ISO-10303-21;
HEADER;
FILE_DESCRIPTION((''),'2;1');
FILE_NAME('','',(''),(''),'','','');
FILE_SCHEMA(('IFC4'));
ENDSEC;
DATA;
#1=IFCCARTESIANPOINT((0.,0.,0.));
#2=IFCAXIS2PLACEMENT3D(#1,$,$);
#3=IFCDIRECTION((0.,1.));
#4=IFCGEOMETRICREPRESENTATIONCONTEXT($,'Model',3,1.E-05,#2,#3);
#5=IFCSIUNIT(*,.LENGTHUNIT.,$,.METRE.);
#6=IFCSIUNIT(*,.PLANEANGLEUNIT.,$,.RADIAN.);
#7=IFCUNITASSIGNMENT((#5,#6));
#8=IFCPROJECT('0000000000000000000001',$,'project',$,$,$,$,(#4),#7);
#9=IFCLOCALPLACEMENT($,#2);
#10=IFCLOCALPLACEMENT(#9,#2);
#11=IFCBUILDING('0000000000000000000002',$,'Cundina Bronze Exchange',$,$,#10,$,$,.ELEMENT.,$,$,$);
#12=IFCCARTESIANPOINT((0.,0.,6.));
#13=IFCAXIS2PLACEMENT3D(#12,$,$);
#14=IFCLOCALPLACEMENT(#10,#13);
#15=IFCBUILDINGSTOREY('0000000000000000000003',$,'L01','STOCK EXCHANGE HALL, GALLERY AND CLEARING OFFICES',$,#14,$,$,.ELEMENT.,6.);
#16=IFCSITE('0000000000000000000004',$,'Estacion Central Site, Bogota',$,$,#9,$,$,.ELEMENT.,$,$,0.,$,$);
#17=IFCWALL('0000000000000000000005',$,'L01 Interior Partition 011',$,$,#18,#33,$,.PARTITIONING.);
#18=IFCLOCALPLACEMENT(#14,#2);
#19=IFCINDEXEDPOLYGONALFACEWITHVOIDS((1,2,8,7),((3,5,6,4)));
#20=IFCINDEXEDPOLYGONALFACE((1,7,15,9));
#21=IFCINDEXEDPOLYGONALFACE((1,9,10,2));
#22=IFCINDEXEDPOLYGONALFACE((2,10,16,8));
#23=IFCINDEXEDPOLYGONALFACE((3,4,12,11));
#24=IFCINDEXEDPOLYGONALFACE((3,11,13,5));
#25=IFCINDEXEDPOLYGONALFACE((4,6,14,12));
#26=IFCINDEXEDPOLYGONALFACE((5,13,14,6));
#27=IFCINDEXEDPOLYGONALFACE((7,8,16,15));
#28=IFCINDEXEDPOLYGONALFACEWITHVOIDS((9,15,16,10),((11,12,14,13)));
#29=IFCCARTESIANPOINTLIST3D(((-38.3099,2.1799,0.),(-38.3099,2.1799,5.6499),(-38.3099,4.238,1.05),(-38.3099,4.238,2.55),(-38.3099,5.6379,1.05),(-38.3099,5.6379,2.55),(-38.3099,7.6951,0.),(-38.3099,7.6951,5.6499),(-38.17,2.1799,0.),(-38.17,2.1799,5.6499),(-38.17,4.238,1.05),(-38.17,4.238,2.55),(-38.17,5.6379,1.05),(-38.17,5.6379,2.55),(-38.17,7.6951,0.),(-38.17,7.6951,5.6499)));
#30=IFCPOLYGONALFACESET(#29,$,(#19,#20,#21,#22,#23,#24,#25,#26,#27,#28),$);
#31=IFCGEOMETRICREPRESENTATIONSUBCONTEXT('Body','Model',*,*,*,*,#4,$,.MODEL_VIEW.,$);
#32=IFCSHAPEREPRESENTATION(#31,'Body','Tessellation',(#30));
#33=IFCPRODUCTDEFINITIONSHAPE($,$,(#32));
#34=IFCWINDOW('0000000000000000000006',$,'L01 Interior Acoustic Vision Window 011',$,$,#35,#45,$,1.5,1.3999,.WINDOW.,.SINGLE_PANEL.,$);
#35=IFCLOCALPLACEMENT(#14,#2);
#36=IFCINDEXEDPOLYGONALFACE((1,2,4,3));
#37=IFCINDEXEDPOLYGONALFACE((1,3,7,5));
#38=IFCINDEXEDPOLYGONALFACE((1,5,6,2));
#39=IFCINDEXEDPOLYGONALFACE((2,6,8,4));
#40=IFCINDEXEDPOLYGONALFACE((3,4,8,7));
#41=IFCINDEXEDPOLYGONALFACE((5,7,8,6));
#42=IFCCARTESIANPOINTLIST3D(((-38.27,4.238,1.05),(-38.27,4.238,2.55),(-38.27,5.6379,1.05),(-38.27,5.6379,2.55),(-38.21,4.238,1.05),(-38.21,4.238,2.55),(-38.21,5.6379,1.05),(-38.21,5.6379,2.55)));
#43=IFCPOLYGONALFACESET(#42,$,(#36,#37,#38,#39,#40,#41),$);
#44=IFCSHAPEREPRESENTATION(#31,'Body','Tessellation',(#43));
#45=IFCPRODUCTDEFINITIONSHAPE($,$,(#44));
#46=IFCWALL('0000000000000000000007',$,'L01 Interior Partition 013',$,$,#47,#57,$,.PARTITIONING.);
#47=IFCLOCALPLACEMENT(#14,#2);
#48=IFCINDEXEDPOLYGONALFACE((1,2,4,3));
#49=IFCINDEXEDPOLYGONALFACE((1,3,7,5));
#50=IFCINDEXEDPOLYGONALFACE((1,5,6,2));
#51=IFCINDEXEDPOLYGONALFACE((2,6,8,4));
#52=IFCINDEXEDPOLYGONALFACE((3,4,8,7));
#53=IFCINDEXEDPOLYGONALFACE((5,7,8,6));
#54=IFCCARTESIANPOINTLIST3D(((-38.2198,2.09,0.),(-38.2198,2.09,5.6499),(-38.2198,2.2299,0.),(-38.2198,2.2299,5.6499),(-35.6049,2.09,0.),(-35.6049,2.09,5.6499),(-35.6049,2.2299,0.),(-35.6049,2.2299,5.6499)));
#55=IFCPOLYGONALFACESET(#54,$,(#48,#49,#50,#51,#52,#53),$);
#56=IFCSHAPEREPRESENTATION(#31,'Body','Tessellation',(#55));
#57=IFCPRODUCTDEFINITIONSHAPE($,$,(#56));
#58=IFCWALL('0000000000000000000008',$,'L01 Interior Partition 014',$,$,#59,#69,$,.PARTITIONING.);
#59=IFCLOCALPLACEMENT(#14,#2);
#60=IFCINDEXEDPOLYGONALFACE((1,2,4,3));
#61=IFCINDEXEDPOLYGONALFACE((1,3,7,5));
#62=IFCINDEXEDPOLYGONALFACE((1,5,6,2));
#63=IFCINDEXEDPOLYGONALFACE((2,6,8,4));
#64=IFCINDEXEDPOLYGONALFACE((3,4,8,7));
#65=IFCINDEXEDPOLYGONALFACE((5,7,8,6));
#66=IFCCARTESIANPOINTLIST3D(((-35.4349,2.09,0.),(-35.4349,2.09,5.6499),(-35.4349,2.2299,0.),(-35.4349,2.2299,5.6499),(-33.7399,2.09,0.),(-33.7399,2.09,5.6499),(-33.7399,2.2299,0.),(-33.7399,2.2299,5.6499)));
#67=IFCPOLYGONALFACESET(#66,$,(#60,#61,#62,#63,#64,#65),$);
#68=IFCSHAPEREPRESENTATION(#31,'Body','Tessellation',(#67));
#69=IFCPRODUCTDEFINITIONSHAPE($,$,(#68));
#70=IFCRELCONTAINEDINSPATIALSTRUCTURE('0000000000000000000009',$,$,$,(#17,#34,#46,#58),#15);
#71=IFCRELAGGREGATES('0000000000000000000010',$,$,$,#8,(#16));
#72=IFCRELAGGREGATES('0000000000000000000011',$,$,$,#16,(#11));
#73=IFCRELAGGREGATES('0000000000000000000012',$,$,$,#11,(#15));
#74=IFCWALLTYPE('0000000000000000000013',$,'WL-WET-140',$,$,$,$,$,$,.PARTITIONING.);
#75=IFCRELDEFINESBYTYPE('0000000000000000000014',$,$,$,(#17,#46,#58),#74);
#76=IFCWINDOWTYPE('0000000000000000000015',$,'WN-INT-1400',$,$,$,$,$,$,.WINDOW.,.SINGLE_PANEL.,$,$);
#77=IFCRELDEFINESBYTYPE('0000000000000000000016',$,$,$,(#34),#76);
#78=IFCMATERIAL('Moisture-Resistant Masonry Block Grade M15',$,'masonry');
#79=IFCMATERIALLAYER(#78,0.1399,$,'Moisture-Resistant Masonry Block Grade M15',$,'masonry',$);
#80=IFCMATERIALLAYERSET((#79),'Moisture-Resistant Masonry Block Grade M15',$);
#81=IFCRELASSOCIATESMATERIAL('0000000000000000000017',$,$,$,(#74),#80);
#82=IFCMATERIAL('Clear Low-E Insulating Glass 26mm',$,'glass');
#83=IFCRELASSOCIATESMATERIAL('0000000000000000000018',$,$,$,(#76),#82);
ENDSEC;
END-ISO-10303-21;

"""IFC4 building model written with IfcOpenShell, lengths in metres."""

from ifc_helpers import new_model, si_unit, direction, frame, frame_2d, origin, place, context, subcontext, project, spatial, rectangle, extrude, material, layer, layer_set, type_object, element, fill, save


model = new_model("IFC4")

# Units and contexts
model_context = context("Model", 3, precision=1e-05, world=origin(), true_north=direction((0.0, 1.0)))
body_context = subcontext(model_context, "Body", "Model", "MODEL_VIEW")
ifc_project = project(units=[si_unit("LENGTHUNIT", "METRE"), si_unit("PLANEANGLEUNIT", "RADIAN")], contexts=[model_context])

# Site, building, storey
site_placement = place(None, origin())
site = spatial("IfcSite", under=ifc_project, at=site_placement, Name="Estacion Central Site, Bogota", CompositionType="ELEMENT", RefElevation=0.0)
building_placement = place(site_placement, origin())
building = spatial("IfcBuilding", under=site, at=building_placement, Name="Cundina Bronze Exchange", CompositionType="ELEMENT")
storey_placement = place(building_placement, frame((0.0, 0.0, 6.0)))
storey = spatial("IfcBuildingStorey", under=building, at=storey_placement, Name="L01", Description="STOCK EXCHANGE HALL, GALLERY AND CLEARING OFFICES", CompositionType="ELEMENT", Elevation=6.0)

# Wall, opening, window
ifc_material_1 = material(Name="Moisture-Resistant Masonry Block Grade M15", Category="masonry")
ifc_layer_1 = layer(ifc_material_1, 0.1399, Name="Moisture-Resistant Masonry Block Grade M15", Category="masonry")
ifc_layer_set_1 = layer_set([ifc_layer_1], Name="Moisture-Resistant Masonry Block Grade M15")
wall_type_1 = type_object("IfcWallType", Name="WL-WET-140", PredefinedType="PARTITIONING", material=ifc_layer_set_1)
wall_1_placement = place(storey_placement, frame((-38.24, 2.1799, 0.0), z_axis=(0.0, 0.0, 1.0), x_axis=(0.0, 1.0, 0.0)))
wall_1 = element("IfcWall", 1, at=wall_1_placement, inside=storey, type_object=wall_type_1, Name="L01 Interior Partition 011", PredefinedType="PARTITIONING", context=body_context, shape_type="SweptSolid", body=[
    extrude(rectangle(XDim=5.5151, YDim=0.1399, at=frame_2d((2.7576, 0.0))), origin(), (0.0, 0.0, 1.0), 5.6499),
])
opening_1_placement = place(wall_1_placement, frame((2.0581, 0.0, 1.05)))
opening_1 = element("IfcOpeningElement", 2, at=opening_1_placement, cuts=wall_1, PredefinedType="OPENING", context=body_context, shape_type="SweptSolid", body=[
    extrude(rectangle(XDim=1.3999, YDim=1.5, at=frame_2d((0.7, 0.75))), frame((0.0, 0.0798, 0.0), z_axis=(0.0, -1.0, 0.0), x_axis=(1.0, 0.0, 0.0)), (0.0, 0.0, 1.0), 0.1599),
])
ifc_material_2 = material(Name="Clear Low-E Insulating Glass 26mm", Category="glass")
window_type = type_object("IfcWindowType", Name="WN-INT-1400", PartitioningType="SINGLE_PANEL", PredefinedType="WINDOW", material=ifc_material_2)
window_placement = place(opening_1_placement, origin())
window = element("IfcWindow", 3, at=window_placement, inside=storey, type_object=window_type, Name="L01 Interior Acoustic Vision Window 011", OverallHeight=1.5, OverallWidth=1.3999, PartitioningType="SINGLE_PANEL", PredefinedType="WINDOW", context=body_context, shape_type="SweptSolid", body=[
    extrude(rectangle(XDim=1.3999, YDim=1.5, at=frame_2d((0.7, 0.75))), frame((0.0, 0.03, 0.0), z_axis=(0.0, -1.0, 0.0), x_axis=(1.0, 0.0, 0.0)), (0.0, 0.0, 1.0), 0.0601),
])
fill(opening_1, window)

# Walls
wall_2_placement = place(storey_placement, frame((-38.22, 2.1599, 0.0), z_axis=(0.0, 0.0, 1.0), x_axis=(1.0, 0.0, 0.0)))
element("IfcWall", 4, at=wall_2_placement, inside=storey, type_object=wall_type_1, Name="L01 Interior Partition 013", PredefinedType="PARTITIONING", context=body_context, shape_type="SweptSolid", body=[
    extrude(rectangle(XDim=2.615, YDim=0.1399, at=frame_2d((1.3076, 0.0))), origin(), (0.0, 0.0, 1.0), 5.6499),
])
wall_3_placement = place(storey_placement, frame((-35.4351, 2.1599, 0.0), z_axis=(0.0, 0.0, 1.0), x_axis=(1.0, 0.0, 0.0)))
element("IfcWall", 5, at=wall_3_placement, inside=storey, type_object=wall_type_1, Name="L01 Interior Partition 014", PredefinedType="PARTITIONING", context=body_context, shape_type="SweptSolid", body=[
    extrude(rectangle(XDim=1.6951, YDim=0.1399, at=frame_2d((0.8477, 0.0))), origin(), (0.0, 0.0, 1.0), 5.6499),
])

save(model, "model.ifc")
